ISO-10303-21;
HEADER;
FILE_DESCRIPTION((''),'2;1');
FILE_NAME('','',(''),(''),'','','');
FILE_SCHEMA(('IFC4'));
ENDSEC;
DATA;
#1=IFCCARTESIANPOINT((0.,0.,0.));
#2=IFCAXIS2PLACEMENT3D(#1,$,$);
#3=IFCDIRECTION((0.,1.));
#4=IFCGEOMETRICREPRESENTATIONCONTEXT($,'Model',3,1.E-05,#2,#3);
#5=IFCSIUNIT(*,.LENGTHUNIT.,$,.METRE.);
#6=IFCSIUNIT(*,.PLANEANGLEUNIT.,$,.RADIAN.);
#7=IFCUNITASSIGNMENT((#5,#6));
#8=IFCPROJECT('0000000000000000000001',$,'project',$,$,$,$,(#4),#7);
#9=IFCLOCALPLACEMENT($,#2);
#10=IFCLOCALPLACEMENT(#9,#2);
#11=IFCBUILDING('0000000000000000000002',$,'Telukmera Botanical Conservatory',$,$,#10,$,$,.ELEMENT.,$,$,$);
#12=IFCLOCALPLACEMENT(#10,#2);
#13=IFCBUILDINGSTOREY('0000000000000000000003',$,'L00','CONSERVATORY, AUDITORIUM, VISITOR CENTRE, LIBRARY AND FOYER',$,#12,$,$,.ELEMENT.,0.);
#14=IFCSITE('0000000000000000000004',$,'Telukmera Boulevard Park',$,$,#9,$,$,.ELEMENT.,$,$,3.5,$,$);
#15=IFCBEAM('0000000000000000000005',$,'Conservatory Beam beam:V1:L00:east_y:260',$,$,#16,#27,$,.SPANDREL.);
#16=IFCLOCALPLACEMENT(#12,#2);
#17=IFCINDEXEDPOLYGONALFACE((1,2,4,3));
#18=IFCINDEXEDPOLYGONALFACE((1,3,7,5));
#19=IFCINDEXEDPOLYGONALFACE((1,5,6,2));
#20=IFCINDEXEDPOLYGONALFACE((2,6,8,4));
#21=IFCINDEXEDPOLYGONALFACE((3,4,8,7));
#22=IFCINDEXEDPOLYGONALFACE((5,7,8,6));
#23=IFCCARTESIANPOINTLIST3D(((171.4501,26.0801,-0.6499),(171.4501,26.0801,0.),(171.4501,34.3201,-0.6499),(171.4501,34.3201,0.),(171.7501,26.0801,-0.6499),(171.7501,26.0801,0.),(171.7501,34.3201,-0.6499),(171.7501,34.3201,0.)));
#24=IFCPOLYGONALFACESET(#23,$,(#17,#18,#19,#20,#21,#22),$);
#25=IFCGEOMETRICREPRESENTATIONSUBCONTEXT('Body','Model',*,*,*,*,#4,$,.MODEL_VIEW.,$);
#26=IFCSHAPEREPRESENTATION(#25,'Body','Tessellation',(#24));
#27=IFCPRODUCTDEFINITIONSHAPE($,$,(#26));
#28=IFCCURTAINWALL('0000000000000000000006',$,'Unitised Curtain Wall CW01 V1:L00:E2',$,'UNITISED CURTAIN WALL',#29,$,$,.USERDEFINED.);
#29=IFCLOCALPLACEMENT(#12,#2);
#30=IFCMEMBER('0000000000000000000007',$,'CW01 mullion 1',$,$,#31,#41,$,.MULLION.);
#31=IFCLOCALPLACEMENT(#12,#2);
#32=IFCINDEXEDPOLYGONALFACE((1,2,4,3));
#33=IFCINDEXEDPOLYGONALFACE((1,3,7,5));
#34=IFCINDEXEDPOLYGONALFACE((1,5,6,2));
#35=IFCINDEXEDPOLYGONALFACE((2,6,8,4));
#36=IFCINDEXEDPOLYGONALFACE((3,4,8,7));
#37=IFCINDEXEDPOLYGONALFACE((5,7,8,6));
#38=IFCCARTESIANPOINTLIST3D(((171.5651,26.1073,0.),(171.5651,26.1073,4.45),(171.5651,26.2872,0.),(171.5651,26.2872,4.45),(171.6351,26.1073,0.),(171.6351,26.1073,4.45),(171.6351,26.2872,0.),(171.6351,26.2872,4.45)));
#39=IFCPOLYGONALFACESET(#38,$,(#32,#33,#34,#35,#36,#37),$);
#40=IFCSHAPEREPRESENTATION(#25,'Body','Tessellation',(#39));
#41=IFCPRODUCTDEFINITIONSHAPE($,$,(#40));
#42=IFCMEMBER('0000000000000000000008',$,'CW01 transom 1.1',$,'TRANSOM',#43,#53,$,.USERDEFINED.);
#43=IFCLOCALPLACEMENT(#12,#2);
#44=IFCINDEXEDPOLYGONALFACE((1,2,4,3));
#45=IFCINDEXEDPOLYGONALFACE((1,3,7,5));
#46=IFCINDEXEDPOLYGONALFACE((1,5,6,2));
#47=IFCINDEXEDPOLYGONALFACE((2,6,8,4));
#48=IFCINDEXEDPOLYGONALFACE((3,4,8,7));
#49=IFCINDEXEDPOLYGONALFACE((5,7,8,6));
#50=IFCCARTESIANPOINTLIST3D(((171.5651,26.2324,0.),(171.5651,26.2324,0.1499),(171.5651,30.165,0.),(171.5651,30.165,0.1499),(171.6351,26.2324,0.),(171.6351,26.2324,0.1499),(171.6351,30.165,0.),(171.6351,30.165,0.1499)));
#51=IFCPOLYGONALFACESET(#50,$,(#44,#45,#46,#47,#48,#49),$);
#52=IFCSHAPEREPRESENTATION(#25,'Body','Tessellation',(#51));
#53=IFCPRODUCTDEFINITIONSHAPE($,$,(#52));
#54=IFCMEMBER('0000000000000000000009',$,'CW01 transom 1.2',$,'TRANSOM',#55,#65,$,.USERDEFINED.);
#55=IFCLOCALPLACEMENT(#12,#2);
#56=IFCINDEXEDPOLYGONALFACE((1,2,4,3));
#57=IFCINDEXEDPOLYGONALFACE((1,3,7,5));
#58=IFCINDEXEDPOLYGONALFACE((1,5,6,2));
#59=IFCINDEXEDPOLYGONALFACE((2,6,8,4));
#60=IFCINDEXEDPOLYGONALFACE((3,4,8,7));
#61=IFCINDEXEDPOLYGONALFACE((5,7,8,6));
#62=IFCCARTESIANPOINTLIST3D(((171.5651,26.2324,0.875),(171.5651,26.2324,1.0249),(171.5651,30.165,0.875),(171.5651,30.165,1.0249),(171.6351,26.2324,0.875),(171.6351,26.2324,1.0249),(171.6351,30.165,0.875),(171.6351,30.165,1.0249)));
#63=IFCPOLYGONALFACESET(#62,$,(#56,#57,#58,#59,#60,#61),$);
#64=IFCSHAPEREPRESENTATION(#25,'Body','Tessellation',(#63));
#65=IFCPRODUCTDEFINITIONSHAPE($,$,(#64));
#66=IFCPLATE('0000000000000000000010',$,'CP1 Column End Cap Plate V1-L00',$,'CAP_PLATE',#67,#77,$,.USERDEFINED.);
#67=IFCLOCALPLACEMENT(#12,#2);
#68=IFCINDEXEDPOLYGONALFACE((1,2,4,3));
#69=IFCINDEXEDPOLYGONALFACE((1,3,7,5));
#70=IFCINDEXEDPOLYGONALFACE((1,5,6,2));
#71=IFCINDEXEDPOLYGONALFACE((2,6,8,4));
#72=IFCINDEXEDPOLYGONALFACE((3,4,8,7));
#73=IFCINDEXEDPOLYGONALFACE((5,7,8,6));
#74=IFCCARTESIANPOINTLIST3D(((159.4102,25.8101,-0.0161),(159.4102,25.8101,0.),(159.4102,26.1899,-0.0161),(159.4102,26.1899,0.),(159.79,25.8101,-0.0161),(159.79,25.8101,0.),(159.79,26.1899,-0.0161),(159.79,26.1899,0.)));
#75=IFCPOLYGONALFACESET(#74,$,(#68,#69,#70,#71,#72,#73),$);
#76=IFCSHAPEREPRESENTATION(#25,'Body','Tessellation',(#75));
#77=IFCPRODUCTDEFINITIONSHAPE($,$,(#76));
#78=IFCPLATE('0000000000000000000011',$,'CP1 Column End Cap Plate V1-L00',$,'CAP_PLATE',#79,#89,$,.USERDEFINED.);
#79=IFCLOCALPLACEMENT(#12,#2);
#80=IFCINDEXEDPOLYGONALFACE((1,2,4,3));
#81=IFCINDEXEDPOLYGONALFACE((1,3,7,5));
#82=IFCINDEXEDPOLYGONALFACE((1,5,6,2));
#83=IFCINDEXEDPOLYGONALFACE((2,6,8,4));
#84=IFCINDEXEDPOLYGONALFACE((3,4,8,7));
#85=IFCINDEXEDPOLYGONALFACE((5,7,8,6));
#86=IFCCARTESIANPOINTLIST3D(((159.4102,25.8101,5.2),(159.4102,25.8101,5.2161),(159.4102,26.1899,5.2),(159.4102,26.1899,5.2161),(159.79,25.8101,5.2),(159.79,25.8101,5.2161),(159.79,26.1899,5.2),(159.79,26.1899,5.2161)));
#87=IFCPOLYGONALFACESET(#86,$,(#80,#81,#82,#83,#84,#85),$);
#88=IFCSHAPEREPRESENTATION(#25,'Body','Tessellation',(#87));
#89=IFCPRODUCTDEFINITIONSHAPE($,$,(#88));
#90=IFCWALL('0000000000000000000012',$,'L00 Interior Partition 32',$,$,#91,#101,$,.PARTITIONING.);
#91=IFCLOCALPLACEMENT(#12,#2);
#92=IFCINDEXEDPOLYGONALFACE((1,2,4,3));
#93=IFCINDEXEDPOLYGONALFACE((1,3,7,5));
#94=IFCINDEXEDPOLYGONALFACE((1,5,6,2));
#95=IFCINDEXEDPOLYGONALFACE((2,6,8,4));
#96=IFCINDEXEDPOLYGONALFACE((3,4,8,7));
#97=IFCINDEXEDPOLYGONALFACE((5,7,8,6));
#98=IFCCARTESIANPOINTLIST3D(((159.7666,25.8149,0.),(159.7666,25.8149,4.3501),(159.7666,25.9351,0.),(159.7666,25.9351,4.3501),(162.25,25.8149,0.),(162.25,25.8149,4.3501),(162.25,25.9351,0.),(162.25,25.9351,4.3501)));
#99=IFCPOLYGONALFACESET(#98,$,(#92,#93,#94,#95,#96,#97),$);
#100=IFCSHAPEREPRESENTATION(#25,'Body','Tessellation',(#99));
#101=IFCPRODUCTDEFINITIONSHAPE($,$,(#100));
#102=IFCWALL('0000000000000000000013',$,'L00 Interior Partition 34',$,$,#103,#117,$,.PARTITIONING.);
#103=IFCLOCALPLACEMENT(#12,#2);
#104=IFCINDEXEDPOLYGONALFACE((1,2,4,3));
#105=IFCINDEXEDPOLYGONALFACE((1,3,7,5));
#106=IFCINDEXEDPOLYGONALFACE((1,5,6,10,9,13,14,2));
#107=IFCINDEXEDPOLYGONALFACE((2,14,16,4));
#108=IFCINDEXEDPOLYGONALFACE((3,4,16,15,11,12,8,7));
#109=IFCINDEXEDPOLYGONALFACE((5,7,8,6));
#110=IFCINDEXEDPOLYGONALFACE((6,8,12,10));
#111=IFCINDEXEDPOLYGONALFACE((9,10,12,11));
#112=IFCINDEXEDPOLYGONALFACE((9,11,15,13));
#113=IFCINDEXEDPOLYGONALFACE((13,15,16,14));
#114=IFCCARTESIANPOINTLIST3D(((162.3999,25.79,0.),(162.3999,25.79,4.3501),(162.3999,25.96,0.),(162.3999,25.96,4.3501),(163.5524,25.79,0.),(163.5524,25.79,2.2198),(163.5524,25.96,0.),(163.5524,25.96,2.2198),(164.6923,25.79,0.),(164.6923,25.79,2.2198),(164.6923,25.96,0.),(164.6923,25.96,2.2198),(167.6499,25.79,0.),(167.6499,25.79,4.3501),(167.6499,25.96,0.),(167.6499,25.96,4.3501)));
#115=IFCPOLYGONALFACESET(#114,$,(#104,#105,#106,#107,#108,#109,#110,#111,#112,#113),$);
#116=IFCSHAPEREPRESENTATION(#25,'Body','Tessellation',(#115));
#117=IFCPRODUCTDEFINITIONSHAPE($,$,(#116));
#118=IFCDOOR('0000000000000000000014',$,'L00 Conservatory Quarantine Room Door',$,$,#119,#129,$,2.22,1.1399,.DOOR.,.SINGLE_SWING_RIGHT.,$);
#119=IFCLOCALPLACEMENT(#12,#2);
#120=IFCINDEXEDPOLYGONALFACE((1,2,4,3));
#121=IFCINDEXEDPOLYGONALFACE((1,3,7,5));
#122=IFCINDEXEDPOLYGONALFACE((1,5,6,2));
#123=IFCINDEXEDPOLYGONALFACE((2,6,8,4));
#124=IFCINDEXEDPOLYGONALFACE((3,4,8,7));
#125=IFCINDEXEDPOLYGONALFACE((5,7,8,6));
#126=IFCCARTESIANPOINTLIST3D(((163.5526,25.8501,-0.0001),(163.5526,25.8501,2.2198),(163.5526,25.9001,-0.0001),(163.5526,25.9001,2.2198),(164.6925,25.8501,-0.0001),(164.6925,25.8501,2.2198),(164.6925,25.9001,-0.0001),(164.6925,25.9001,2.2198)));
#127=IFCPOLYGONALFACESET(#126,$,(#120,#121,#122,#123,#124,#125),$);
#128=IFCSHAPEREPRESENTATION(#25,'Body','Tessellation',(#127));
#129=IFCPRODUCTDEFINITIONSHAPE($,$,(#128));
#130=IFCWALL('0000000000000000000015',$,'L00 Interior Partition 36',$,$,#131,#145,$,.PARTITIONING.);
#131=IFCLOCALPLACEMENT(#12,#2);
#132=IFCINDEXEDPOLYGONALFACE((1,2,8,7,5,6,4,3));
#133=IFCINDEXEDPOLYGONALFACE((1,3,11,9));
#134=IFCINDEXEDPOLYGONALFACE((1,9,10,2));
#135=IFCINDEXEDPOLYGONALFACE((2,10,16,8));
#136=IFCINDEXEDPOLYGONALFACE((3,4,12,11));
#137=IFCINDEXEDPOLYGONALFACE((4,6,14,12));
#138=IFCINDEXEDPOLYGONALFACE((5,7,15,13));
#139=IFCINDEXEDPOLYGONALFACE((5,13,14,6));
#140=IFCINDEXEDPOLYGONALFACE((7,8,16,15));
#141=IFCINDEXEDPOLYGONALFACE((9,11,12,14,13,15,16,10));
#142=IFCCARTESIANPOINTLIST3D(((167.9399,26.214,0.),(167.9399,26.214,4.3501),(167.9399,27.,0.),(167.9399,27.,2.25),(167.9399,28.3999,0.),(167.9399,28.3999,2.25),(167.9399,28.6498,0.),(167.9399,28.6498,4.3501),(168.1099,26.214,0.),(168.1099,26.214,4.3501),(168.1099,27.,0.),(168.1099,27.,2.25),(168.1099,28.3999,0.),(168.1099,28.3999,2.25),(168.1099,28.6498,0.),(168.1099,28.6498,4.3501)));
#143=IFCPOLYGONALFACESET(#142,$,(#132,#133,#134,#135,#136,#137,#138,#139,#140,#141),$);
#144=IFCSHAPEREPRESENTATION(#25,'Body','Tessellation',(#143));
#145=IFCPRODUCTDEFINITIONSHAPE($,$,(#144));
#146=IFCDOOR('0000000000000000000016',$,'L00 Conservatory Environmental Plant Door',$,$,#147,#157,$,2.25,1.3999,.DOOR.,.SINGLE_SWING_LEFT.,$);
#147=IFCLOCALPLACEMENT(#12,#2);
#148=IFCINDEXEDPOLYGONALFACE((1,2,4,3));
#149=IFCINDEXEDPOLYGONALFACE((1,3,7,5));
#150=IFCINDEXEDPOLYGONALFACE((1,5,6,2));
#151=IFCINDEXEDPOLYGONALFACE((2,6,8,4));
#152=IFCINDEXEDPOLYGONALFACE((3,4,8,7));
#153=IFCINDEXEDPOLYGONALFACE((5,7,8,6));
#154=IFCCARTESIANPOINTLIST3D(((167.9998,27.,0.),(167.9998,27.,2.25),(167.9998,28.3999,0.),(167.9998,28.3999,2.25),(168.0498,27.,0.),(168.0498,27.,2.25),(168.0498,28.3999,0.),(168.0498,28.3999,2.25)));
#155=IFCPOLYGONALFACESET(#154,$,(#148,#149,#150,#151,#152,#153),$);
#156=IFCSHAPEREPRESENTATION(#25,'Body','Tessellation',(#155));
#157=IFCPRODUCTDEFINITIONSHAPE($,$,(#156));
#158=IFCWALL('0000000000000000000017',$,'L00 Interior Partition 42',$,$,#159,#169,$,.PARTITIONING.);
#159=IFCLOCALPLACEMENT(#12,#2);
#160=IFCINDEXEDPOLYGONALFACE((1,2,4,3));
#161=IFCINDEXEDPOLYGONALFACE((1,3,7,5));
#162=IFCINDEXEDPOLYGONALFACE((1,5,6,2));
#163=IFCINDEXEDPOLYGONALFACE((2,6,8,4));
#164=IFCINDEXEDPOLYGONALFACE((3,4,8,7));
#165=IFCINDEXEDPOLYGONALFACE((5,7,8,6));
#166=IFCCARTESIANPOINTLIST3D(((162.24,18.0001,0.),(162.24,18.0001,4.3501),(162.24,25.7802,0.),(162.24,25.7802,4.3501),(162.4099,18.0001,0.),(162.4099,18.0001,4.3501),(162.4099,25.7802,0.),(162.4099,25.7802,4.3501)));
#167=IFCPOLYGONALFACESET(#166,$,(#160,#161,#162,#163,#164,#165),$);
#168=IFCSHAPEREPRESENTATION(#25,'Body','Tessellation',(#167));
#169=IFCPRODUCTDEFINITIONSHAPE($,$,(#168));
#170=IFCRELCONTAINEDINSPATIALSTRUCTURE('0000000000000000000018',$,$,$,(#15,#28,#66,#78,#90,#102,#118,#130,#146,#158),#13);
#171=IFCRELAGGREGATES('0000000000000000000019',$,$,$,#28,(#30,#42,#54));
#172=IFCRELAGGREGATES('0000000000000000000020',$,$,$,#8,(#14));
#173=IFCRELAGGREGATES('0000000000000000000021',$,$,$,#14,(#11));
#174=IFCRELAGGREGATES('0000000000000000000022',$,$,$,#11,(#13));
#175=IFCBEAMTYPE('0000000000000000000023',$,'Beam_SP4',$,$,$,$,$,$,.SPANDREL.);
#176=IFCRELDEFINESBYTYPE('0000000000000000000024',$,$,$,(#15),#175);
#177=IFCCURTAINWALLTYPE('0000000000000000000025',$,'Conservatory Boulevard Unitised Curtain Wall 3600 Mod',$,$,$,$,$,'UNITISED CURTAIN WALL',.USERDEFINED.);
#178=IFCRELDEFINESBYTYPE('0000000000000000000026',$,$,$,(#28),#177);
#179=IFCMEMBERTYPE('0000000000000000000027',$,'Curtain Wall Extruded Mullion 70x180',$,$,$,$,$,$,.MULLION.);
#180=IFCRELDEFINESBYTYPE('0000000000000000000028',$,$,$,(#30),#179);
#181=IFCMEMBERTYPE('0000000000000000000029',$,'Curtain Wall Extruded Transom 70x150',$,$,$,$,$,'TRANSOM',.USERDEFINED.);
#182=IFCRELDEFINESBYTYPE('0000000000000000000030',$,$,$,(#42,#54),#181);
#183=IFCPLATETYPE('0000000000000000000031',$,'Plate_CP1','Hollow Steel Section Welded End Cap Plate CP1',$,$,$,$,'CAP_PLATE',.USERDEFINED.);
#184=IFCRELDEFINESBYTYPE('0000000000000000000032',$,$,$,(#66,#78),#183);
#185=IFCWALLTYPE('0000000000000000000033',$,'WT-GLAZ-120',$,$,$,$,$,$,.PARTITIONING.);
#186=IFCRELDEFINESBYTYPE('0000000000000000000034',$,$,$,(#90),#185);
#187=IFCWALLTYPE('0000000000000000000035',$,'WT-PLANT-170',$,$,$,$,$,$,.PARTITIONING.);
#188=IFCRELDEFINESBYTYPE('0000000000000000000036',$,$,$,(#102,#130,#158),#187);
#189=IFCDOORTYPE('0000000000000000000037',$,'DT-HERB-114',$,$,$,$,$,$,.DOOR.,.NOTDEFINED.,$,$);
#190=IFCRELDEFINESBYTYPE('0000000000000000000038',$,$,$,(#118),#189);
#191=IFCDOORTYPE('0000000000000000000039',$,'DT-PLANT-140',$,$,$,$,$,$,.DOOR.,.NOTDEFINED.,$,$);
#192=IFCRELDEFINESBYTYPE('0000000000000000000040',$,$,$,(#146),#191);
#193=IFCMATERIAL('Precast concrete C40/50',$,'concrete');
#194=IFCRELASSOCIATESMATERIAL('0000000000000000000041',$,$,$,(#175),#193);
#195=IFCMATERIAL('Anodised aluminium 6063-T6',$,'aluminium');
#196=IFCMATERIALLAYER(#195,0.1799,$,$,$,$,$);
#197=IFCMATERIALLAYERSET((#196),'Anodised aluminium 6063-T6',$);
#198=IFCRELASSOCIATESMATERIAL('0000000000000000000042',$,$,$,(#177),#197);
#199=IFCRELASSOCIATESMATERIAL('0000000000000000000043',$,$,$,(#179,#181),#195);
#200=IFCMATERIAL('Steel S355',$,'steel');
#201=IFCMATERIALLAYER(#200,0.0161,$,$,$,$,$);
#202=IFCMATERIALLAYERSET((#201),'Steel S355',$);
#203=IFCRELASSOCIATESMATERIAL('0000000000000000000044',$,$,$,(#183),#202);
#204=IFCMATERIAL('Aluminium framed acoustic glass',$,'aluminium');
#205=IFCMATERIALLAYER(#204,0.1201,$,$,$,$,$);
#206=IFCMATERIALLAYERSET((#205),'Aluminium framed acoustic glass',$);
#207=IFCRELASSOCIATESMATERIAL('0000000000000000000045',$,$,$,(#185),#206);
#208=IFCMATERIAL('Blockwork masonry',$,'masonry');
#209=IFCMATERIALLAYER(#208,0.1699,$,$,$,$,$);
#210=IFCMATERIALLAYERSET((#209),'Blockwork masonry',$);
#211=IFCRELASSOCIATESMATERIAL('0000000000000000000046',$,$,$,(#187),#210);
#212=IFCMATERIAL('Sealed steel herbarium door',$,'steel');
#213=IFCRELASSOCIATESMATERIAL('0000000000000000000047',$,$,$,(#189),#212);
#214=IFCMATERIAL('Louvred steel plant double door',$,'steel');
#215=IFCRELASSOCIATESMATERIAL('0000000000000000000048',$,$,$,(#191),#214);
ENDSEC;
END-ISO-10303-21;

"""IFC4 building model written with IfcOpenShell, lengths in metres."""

from ifc_helpers import new_model, si_unit, direction, frame, frame_2d, origin, origin_2d, place, context, subcontext, project, spatial, rectangle, extrude, material, layer, layer_set, material_profile, profile_set, type_object, element, fill, aggregate, save


model = new_model("IFC4")

# Units and contexts
model_context = context("Model", 3, precision=1e-05, world=origin(), true_north=direction((0.0, 1.0)))
body_context = subcontext(model_context, "Body", "Model", "MODEL_VIEW")
ifc_project = project(units=[si_unit("LENGTHUNIT", "METRE"), si_unit("PLANEANGLEUNIT", "RADIAN")], contexts=[model_context])

# Site, building, storey
site_placement = place(None, origin())
site = spatial("IfcSite", under=ifc_project, at=site_placement, Name="Telukmera Boulevard Park", CompositionType="ELEMENT", RefElevation=3.5)
building_placement = place(site_placement, origin())
building = spatial("IfcBuilding", under=site, at=building_placement, Name="Telukmera Botanical Conservatory", CompositionType="ELEMENT")
storey_placement = place(building_placement, origin())
storey = spatial("IfcBuildingStorey", under=building, at=storey_placement, Name="L00", Description="CONSERVATORY, AUDITORIUM, VISITOR CENTRE, LIBRARY AND FOYER", CompositionType="ELEMENT", Elevation=0.0)

# Shared definitions
ifc_material_1 = material(Name="Steel S355", Category="steel")

# Beam
ifc_material_2 = material(Name="Precast concrete C40/50", Category="concrete")
ifc_material_profile_1 = material_profile(ifc_material_2, rectangle(XDim=0.3, YDim=0.6499, at=origin_2d()), Name="PC 300x650")
ifc_profile_set_1 = profile_set([ifc_material_profile_1], Name="Precast concrete C40/50")
beam_type_1 = type_object("IfcBeamType", Name="Beam_SP4", PredefinedType="SPANDREL", material=ifc_profile_set_1)
beam_1_placement = place(storey_placement, frame((171.6001, 26.0801, -0.325), z_axis=(0.0, 1.0, 0.0), x_axis=(-1.0, 0.0, 0.0)))
element("IfcBeam", 1, at=beam_1_placement, inside=storey, type_object=beam_type_1, Name="Conservatory Beam beam:V1:L00:east_y:260", PredefinedType="SPANDREL", context=body_context, shape_type="SweptSolid", body=[
    extrude(rectangle(XDim=0.3, YDim=0.6499, at=origin_2d()), origin(), (0.0, 0.0, 1.0), 8.24),
])

# Curtain wall, members
ifc_material_3 = material(Name="Anodised aluminium 6063-T6", Category="aluminium")
ifc_layer_1 = layer(ifc_material_3, 0.1799)
ifc_layer_set_1 = layer_set([ifc_layer_1], Name="Anodised aluminium 6063-T6")
curtain_wall_type = type_object("IfcCurtainWallType", Name="Conservatory Boulevard Unitised Curtain Wall 3600 Mod", ElementType="UNITISED CURTAIN WALL", PredefinedType="USERDEFINED", material=ifc_layer_set_1)
curtain_wall_placement = place(storey_placement, origin())
curtain_wall = element("IfcCurtainWall", 2, at=curtain_wall_placement, inside=storey, type_object=curtain_wall_type, Name="Unitised Curtain Wall CW01 V1:L00:E2", ObjectType="UNITISED CURTAIN WALL", PredefinedType="USERDEFINED")
ifc_material_profile_2 = material_profile(ifc_material_3, rectangle(XDim=0.0701, YDim=0.1799, at=origin_2d()), Name="ALU MULL 70x180")
ifc_profile_set_2 = profile_set([ifc_material_profile_2], Name="Anodised aluminium 6063-T6")
member_type_1 = type_object("IfcMemberType", Name="Curtain Wall Extruded Mullion 70x180", PredefinedType="MULLION", material=ifc_profile_set_2)
member_1_placement = place(storey_placement, frame((171.6001, 26.1973, 0.0), z_axis=(0.0, 0.0, 1.0), x_axis=(-1.0, 0.0, 0.0)))
member_1 = element("IfcMember", 3, at=member_1_placement, type_object=member_type_1, Name="CW01 mullion 1", PredefinedType="MULLION", context=body_context, shape_type="SweptSolid", body=[
    extrude(rectangle(XDim=0.0701, YDim=0.1799, at=origin_2d()), origin(), (0.0, 0.0, 1.0), 4.45),
])
ifc_material_profile_3 = material_profile(ifc_material_3, rectangle(XDim=0.0701, YDim=0.1499, at=origin_2d()), Name="ALU TRAN 70x150")
ifc_profile_set_3 = profile_set([ifc_material_profile_3], Name="Anodised aluminium 6063-T6")
member_type_2 = type_object("IfcMemberType", Name="Curtain Wall Extruded Transom 70x150", ElementType="TRANSOM", PredefinedType="USERDEFINED", material=ifc_profile_set_3)
member_2_placement = place(storey_placement, frame((171.6001, 26.2324, 0.075), z_axis=(0.0, 1.0, 0.0), x_axis=(-1.0, 0.0, 0.0)))
member_2 = element("IfcMember", 4, at=member_2_placement, type_object=member_type_2, Name="CW01 transom 1.1", ObjectType="TRANSOM", PredefinedType="USERDEFINED", context=body_context, shape_type="SweptSolid", body=[
    extrude(rectangle(XDim=0.0701, YDim=0.1499, at=origin_2d()), origin(), (0.0, 0.0, 1.0), 3.9326),
])
member_3_placement = place(storey_placement, frame((171.6001, 26.2324, 0.95), z_axis=(0.0, 1.0, 0.0), x_axis=(-1.0, 0.0, 0.0)))
member_3 = element("IfcMember", 5, at=member_3_placement, type_object=member_type_2, Name="CW01 transom 1.2", ObjectType="TRANSOM", PredefinedType="USERDEFINED", context=body_context, shape_type="SweptSolid", body=[
    extrude(rectangle(XDim=0.0701, YDim=0.1499, at=origin_2d()), origin(), (0.0, 0.0, 1.0), 3.9326),
])
aggregate(curtain_wall, [member_1, member_2, member_3])

# Plates
ifc_layer_2 = layer(ifc_material_1, 0.0161)
ifc_layer_set_2 = layer_set([ifc_layer_2], Name="Steel S355")
plate_type = type_object("IfcPlateType", Name="Plate_CP1", Description="Hollow Steel Section Welded End Cap Plate CP1", ElementType="CAP_PLATE", PredefinedType="USERDEFINED", material=ifc_layer_set_2)
for number, where, z_axis, x_axis, name in (
    (6, (159.6001, 26.0, -0.0161), (0.0, 0.0, 1.0), (1.0, 0.0, 0.0), "CP1 Column End Cap Plate V1-L00"),
    (7, (159.6001, 26.0, 5.2), (0.0, 0.0, 1.0), (1.0, 0.0, 0.0), "CP1 Column End Cap Plate V1-L00"),
):
    element("IfcPlate", number, at=place(storey_placement, frame(where, z_axis=z_axis, x_axis=x_axis)), inside=storey, type_object=plate_type, Name=name, ObjectType="CAP_PLATE", PredefinedType="USERDEFINED", context=body_context, shape_type="SweptSolid", body=[
        extrude(rectangle(XDim=0.3799, YDim=0.3799, at=origin_2d()), origin(), (0.0, 0.0, 1.0), 0.0161),
    ])

# Wall
ifc_material_4 = material(Name="Aluminium framed acoustic glass", Category="aluminium")
ifc_layer_3 = layer(ifc_material_4, 0.1201)
ifc_layer_set_3 = layer_set([ifc_layer_3], Name="Aluminium framed acoustic glass")
wall_type_1 = type_object("IfcWallType", Name="WT-GLAZ-120", PredefinedType="PARTITIONING", material=ifc_layer_set_3)
wall_1_placement = place(storey_placement, frame((159.7666, 25.875, 0.0), z_axis=(0.0, 0.0, 1.0), x_axis=(1.0, 0.0, 0.0)))
element("IfcWall", 8, at=wall_1_placement, inside=storey, type_object=wall_type_1, Name="L00 Interior Partition 32", PredefinedType="PARTITIONING", context=body_context, shape_type="SweptSolid", body=[
    extrude(rectangle(XDim=2.4834, YDim=0.1201, at=frame_2d((1.2417, 0.0))), origin(), (0.0, 0.0, 1.0), 4.3501),
])

# Walls, openings, doors
ifc_material_5 = material(Name="Blockwork masonry", Category="masonry")
ifc_layer_4 = layer(ifc_material_5, 0.1699)
ifc_layer_set_4 = layer_set([ifc_layer_4], Name="Blockwork masonry")
wall_type_2 = type_object("IfcWallType", Name="WT-PLANT-170", PredefinedType="PARTITIONING", material=ifc_layer_set_4)
wall_2_placement = place(storey_placement, frame((162.3999, 25.875, 0.0), z_axis=(0.0, 0.0, 1.0), x_axis=(1.0, 0.0, 0.0)))
wall_2 = element("IfcWall", 9, at=wall_2_placement, inside=storey, type_object=wall_type_2, Name="L00 Interior Partition 34", PredefinedType="PARTITIONING", context=body_context, shape_type="SweptSolid", body=[
    extrude(rectangle(XDim=5.25, YDim=0.1699, at=frame_2d((2.625, 0.0))), origin(), (0.0, 0.0, 1.0), 4.3501),
])
opening_1_placement = place(wall_2_placement, frame((1.1526, 0.0, 0.0)))
opening_1 = element("IfcOpeningElement", 10, at=opening_1_placement, cuts=wall_2, PredefinedType="OPENING", context=body_context, shape_type="SweptSolid", body=[
    extrude(rectangle(XDim=1.1399, YDim=2.22, at=frame_2d((0.5698, 1.1099))), frame((0.0, 0.095, 0.0), z_axis=(0.0, -1.0, 0.0), x_axis=(1.0, 0.0, 0.0)), (0.0, 0.0, 1.0), 0.1899),
])
ifc_material_6 = material(Name="Sealed steel herbarium door", Category="steel")
door_type_1 = type_object("IfcDoorType", Name="DT-HERB-114", OperationType="NOTDEFINED", PredefinedType="DOOR", material=ifc_material_6)
door_1_placement = place(opening_1_placement, frame((1.1399, 0.0, 0.0), z_axis=(0.0, 0.0, 1.0), x_axis=(-1.0, 0.0, 0.0)))
door_1 = element("IfcDoor", 11, at=door_1_placement, inside=storey, type_object=door_type_1, Name="L00 Conservatory Quarantine Room Door", OperationType="SINGLE_SWING_RIGHT", OverallHeight=2.22, OverallWidth=1.1399, PredefinedType="DOOR", context=body_context, shape_type="SweptSolid", body=[
    extrude(rectangle(XDim=1.1399, YDim=2.22, at=frame_2d((0.5698, 1.1099))), frame((0.0, 0.0249, 0.0), z_axis=(0.0, -1.0, 0.0), x_axis=(1.0, 0.0, 0.0)), (0.0, 0.0, 1.0), 0.05),
])
fill(opening_1, door_1)
wall_3_placement = place(storey_placement, frame((168.0249, 26.2141, 0.0), z_axis=(0.0, 0.0, 1.0), x_axis=(0.0, 1.0, 0.0)))
wall_3 = element("IfcWall", 12, at=wall_3_placement, inside=storey, type_object=wall_type_2, Name="L00 Interior Partition 36", PredefinedType="PARTITIONING", context=body_context, shape_type="SweptSolid", body=[
    extrude(rectangle(XDim=2.4358, YDim=0.1699, at=frame_2d((1.2178, 0.0))), origin(), (0.0, 0.0, 1.0), 4.3501),
])
opening_2_placement = place(wall_3_placement, frame((0.7859, 0.0, 0.0)))
opening_2 = element("IfcOpeningElement", 13, at=opening_2_placement, cuts=wall_3, PredefinedType="OPENING", context=body_context, shape_type="SweptSolid", body=[
    extrude(rectangle(XDim=1.3999, YDim=2.25, at=frame_2d((0.7, 1.125))), frame((0.0, 0.095, 0.0), z_axis=(0.0, -1.0, 0.0), x_axis=(1.0, 0.0, 0.0)), (0.0, 0.0, 1.0), 0.1899),
])
ifc_material_7 = material(Name="Louvred steel plant double door", Category="steel")
door_type_2 = type_object("IfcDoorType", Name="DT-PLANT-140", OperationType="NOTDEFINED", PredefinedType="DOOR", material=ifc_material_7)
door_2_placement = place(opening_2_placement, frame((1.3999, 0.0, 0.0), z_axis=(0.0, 0.0, 1.0), x_axis=(-1.0, 0.0, 0.0)))
door_2 = element("IfcDoor", 14, at=door_2_placement, inside=storey, type_object=door_type_2, Name="L00 Conservatory Environmental Plant Door", OperationType="SINGLE_SWING_LEFT", OverallHeight=2.25, OverallWidth=1.3999, PredefinedType="DOOR", context=body_context, shape_type="SweptSolid", body=[
    extrude(rectangle(XDim=1.3999, YDim=2.25, at=frame_2d((0.7, 1.125))), frame((0.0, 0.0249, 0.0), z_axis=(0.0, -1.0, 0.0), x_axis=(1.0, 0.0, 0.0)), (0.0, 0.0, 1.0), 0.05),
])
fill(opening_2, door_2)

# Wall
wall_4_placement = place(storey_placement, frame((162.325, 18.0, 0.0), z_axis=(0.0, 0.0, 1.0), x_axis=(0.0, 1.0, 0.0)))
element("IfcWall", 15, at=wall_4_placement, inside=storey, type_object=wall_type_2, Name="L00 Interior Partition 42", PredefinedType="PARTITIONING", context=body_context, shape_type="SweptSolid", body=[
    extrude(rectangle(XDim=7.78, YDim=0.1699, at=frame_2d((3.8901, 0.0))), origin(), (0.0, 0.0, 1.0), 4.3501),
])

save(model, "model.ifc")
